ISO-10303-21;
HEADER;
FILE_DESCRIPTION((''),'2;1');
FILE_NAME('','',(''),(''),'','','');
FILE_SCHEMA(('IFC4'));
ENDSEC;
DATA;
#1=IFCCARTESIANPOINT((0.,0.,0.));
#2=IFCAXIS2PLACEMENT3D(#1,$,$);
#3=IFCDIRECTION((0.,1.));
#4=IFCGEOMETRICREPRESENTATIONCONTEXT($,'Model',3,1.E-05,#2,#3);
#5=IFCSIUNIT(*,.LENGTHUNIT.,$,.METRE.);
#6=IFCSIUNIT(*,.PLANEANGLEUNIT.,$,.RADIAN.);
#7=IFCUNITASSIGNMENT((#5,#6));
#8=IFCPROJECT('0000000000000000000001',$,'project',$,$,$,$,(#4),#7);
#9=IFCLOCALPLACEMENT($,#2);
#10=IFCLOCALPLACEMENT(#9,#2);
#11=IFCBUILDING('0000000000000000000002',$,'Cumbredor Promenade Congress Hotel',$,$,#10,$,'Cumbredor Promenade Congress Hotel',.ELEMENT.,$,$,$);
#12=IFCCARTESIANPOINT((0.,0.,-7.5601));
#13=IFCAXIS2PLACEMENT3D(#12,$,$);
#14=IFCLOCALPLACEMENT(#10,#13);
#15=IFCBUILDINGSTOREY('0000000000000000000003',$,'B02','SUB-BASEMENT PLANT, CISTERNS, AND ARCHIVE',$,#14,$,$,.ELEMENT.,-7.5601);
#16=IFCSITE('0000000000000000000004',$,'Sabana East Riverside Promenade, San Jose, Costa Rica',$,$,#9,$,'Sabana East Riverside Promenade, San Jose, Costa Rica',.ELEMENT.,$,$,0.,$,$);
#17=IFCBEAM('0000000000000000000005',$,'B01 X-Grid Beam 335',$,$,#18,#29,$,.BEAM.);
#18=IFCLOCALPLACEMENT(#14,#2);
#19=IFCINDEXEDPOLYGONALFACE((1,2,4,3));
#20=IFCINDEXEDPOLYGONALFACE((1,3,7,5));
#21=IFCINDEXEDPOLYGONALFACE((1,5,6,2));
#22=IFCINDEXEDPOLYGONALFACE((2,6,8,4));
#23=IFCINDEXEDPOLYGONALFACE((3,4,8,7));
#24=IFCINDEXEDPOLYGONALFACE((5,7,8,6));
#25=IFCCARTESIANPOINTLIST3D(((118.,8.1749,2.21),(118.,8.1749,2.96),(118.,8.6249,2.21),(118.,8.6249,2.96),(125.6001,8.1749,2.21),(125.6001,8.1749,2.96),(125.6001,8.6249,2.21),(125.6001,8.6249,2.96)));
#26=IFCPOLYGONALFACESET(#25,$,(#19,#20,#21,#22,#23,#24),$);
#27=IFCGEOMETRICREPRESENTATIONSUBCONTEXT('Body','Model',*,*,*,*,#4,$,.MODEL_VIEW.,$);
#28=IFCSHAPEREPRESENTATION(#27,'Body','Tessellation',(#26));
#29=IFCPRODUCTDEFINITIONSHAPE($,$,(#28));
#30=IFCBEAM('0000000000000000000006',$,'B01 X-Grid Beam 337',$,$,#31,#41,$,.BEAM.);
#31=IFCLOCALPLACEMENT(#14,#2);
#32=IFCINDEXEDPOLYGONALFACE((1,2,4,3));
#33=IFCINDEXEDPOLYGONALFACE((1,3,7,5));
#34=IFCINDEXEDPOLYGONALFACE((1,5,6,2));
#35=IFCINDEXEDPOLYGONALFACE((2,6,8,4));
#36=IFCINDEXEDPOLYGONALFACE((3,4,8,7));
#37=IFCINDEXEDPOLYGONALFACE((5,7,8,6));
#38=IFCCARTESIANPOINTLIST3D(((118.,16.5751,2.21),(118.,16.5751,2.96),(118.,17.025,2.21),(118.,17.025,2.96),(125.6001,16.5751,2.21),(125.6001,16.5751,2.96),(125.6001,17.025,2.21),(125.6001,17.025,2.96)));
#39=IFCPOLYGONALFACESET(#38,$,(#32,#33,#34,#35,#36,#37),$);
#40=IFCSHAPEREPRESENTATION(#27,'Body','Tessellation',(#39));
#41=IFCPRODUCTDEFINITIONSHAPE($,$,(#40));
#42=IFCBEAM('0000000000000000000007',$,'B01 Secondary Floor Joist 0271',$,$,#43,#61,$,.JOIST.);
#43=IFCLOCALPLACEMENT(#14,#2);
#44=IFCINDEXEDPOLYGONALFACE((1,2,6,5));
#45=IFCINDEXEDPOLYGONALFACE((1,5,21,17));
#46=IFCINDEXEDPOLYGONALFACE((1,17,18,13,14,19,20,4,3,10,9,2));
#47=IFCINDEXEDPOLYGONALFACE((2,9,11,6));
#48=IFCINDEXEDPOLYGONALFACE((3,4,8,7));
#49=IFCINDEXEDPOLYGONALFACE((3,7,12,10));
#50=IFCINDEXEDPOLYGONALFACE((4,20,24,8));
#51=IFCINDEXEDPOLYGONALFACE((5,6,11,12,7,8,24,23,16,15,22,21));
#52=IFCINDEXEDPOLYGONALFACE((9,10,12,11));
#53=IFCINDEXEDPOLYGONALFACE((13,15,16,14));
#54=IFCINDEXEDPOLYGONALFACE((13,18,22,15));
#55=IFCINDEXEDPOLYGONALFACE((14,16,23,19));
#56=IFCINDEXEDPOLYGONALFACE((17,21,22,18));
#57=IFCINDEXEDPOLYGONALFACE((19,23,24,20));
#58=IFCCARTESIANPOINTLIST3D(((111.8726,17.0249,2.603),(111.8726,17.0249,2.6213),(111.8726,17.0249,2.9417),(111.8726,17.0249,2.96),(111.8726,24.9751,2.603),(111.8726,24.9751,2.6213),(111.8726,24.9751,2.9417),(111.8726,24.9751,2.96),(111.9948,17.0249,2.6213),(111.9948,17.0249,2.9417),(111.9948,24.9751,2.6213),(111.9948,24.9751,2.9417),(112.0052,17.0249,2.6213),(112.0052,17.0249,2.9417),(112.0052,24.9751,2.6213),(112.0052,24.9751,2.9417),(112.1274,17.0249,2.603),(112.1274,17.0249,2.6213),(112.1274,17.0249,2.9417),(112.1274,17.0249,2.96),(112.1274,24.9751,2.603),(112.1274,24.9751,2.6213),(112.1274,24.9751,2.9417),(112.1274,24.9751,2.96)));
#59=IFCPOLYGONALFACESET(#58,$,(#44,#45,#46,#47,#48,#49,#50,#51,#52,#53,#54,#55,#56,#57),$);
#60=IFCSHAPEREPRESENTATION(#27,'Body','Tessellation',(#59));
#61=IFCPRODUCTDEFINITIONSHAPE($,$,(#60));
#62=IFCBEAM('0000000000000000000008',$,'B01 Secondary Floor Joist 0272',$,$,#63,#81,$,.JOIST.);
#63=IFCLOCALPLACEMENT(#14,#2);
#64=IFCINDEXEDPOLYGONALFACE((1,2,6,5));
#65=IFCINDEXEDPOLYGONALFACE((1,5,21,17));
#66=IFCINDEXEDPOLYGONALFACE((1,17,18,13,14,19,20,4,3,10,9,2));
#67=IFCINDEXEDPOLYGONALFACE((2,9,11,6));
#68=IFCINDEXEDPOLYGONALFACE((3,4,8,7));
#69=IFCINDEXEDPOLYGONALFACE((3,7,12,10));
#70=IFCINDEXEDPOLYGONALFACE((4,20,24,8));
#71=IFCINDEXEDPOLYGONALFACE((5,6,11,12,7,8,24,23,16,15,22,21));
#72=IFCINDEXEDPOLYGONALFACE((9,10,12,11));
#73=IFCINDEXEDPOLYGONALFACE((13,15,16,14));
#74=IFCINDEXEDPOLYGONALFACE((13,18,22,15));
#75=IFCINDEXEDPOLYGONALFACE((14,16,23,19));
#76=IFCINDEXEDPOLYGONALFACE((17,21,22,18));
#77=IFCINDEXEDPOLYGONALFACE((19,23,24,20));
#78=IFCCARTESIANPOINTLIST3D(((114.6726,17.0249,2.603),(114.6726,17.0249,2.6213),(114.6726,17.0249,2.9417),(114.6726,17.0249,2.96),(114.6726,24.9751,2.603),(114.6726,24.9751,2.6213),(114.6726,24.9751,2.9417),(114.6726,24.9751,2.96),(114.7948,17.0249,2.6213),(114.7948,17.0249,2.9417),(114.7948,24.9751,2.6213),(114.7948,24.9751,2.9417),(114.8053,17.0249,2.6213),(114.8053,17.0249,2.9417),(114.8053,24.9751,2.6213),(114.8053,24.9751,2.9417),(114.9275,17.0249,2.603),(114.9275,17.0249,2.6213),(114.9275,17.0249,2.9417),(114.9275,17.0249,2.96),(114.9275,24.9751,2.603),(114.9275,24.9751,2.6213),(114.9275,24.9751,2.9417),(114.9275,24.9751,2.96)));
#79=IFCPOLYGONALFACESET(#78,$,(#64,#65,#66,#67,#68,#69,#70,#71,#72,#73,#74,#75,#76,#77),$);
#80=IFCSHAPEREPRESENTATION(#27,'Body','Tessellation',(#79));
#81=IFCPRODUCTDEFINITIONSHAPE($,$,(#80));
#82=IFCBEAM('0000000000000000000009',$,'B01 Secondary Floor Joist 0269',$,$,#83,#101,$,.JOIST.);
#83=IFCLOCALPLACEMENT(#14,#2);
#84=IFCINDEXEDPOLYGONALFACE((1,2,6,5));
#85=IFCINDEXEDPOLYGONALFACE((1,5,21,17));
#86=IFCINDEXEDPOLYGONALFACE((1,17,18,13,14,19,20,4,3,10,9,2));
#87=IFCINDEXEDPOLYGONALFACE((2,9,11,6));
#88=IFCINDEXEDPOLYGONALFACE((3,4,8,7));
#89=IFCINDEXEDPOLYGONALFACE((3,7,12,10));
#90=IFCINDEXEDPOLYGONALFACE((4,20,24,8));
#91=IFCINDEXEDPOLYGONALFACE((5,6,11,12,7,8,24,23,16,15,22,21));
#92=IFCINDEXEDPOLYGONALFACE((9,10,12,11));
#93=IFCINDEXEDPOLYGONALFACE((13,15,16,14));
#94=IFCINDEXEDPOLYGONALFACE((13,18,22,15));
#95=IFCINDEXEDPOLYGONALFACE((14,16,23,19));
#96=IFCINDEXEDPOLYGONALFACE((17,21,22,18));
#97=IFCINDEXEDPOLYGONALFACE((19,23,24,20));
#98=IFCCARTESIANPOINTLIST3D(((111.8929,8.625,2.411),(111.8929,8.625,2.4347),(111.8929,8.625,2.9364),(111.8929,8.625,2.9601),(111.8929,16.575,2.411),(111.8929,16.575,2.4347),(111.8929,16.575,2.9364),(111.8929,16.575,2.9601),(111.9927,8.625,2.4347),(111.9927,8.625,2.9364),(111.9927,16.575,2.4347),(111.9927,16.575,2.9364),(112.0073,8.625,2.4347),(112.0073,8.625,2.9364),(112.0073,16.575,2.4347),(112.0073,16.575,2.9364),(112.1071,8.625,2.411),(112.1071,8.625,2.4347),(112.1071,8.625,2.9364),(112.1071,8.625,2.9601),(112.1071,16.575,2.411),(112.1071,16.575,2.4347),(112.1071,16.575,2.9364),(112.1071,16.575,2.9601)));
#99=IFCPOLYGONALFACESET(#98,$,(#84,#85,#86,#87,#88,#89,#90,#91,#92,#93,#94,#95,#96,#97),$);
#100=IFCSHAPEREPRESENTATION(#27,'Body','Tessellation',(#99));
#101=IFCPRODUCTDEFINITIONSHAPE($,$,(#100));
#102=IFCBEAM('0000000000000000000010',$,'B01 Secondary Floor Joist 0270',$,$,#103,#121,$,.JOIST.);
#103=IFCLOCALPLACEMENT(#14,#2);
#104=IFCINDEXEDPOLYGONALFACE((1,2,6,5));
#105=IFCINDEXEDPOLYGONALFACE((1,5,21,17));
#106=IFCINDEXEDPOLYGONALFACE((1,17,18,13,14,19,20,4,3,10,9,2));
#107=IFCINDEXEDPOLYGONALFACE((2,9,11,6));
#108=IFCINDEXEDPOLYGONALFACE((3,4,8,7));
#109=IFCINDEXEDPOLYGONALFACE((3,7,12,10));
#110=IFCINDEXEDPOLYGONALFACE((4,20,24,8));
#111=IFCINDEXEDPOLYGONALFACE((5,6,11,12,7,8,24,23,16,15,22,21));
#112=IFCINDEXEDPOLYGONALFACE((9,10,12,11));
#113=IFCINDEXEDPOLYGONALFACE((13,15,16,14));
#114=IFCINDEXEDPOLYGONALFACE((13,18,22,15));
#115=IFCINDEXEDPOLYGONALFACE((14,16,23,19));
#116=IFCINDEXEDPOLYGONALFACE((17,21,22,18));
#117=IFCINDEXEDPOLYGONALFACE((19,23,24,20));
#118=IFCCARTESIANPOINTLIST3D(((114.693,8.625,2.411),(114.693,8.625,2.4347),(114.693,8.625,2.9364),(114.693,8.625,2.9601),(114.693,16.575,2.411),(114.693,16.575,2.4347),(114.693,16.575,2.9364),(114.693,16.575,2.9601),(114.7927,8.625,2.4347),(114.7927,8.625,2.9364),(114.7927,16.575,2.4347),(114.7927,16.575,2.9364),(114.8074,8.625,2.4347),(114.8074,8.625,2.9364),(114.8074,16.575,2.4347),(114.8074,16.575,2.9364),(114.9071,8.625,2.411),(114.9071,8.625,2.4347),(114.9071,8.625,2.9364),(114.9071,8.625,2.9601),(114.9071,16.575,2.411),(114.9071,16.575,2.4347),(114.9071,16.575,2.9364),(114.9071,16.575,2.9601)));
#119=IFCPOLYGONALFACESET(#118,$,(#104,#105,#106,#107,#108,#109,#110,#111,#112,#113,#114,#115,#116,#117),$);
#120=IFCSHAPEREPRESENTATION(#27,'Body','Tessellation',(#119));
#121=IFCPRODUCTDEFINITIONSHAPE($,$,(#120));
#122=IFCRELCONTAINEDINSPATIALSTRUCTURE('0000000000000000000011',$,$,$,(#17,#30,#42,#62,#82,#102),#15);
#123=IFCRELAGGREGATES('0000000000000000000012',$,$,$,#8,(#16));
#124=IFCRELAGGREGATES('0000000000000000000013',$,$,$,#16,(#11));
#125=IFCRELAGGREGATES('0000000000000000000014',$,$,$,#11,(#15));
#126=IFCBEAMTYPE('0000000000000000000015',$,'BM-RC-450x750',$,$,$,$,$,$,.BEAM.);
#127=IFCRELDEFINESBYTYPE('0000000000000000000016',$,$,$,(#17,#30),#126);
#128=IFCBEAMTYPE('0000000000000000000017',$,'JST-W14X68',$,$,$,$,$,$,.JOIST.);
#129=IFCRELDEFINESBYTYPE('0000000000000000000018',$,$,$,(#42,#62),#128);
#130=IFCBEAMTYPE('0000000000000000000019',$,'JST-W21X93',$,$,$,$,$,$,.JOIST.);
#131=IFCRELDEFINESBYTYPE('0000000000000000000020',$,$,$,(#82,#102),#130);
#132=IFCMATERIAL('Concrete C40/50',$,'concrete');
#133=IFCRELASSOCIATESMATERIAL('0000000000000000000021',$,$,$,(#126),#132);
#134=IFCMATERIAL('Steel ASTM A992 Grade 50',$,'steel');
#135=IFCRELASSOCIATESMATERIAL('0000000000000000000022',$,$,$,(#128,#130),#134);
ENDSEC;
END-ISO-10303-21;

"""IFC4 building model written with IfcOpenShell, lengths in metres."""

from ifc_helpers import new_model, si_unit, direction, frame, origin, origin_2d, place, context, subcontext, project, spatial, rectangle, i_section, extrude, material, material_profile, profile_set, type_object, element, save


model = new_model("IFC4")

# Units and contexts
model_context = context("Model", 3, precision=1e-05, world=origin(), true_north=direction((0.0, 1.0)))
body_context = subcontext(model_context, "Body", "Model", "MODEL_VIEW")
ifc_project = project(units=[si_unit("LENGTHUNIT", "METRE"), si_unit("PLANEANGLEUNIT", "RADIAN")], contexts=[model_context])

# Site, building, storey
site_placement = place(None, origin())
site = spatial("IfcSite", under=ifc_project, at=site_placement, Name="Sabana East Riverside Promenade, San Jose, Costa Rica", LongName="Sabana East Riverside Promenade, San Jose, Costa Rica", CompositionType="ELEMENT", RefElevation=0.0)
building_placement = place(site_placement, origin())
building = spatial("IfcBuilding", under=site, at=building_placement, Name="Cumbredor Promenade Congress Hotel", LongName="Cumbredor Promenade Congress Hotel", CompositionType="ELEMENT")
storey_placement = place(building_placement, frame((0.0, 0.0, -7.5601)))
storey = spatial("IfcBuildingStorey", under=building, at=storey_placement, Name="B02", Description="SUB-BASEMENT PLANT, CISTERNS, AND ARCHIVE", CompositionType="ELEMENT", Elevation=-7.5601)

# Shared definitions
ifc_material_1 = material(Name="Concrete C40/50", Category="concrete")

# Beams
ifc_material_profile_1 = material_profile(ifc_material_1, rectangle(XDim=0.45, YDim=0.75, at=origin_2d()), Name="RC BEAM 450x750")
ifc_profile_set_1 = profile_set([ifc_material_profile_1], Name="Concrete C40/50")
beam_type_1 = type_object("IfcBeamType", Name="BM-RC-450x750", PredefinedType="BEAM", material=ifc_profile_set_1)
for number, where, z_axis, x_axis, name in (
    (1, (118.0, 8.3999, 2.585), (1.0, 0.0, 0.0), (0.0, 1.0, 0.0), "B01 X-Grid Beam 335"),
    (2, (118.0, 16.8, 2.585), (1.0, 0.0, 0.0), (0.0, 1.0, 0.0), "B01 X-Grid Beam 337"),
):
    element("IfcBeam", number, at=place(storey_placement, frame(where, z_axis=z_axis, x_axis=x_axis)), inside=storey, type_object=beam_type_1, Name=name, PredefinedType="BEAM", context=body_context, shape_type="SweptSolid", body=[
        extrude(rectangle(XDim=0.45, YDim=0.75, at=origin_2d()), origin(), (0.0, 0.0, 1.0), 7.6001),
    ])
ifc_material_2 = material(Name="Steel ASTM A992 Grade 50", Category="steel")
ifc_material_profile_2 = material_profile(ifc_material_2, i_section(OverallWidth=0.2549, OverallDepth=0.3569, WebThickness=0.0105, FlangeThickness=0.0183, at=origin_2d()), Name="W14X68")
ifc_profile_set_2 = profile_set([ifc_material_profile_2], Name="Steel ASTM A992 Grade 50")
beam_type_2 = type_object("IfcBeamType", Name="JST-W14X68", PredefinedType="JOIST", material=ifc_profile_set_2)
for number, where, z_axis, x_axis, name in (
    (3, (112.0, 17.0249, 2.7815), (0.0, 1.0, 0.0), (-1.0, 0.0, 0.0), "B01 Secondary Floor Joist 0271"),
    (4, (114.8, 17.0249, 2.7815), (0.0, 1.0, 0.0), (-1.0, 0.0, 0.0), "B01 Secondary Floor Joist 0272"),
):
    element("IfcBeam", number, at=place(storey_placement, frame(where, z_axis=z_axis, x_axis=x_axis)), inside=storey, type_object=beam_type_2, Name=name, PredefinedType="JOIST", context=body_context, shape_type="SweptSolid", body=[
        extrude(i_section(OverallWidth=0.2549, OverallDepth=0.3569, WebThickness=0.0105, FlangeThickness=0.0183, at=origin_2d()), origin(), (0.0, 0.0, 1.0), 7.9502),
    ])
ifc_material_profile_3 = material_profile(ifc_material_2, i_section(OverallWidth=0.2141, OverallDepth=0.5491, WebThickness=0.0146, FlangeThickness=0.0237, at=origin_2d()), Name="W21X93")
ifc_profile_set_3 = profile_set([ifc_material_profile_3], Name="Steel ASTM A992 Grade 50")
beam_type_3 = type_object("IfcBeamType", Name="JST-W21X93", PredefinedType="JOIST", material=ifc_profile_set_3)
for number, where, z_axis, x_axis, name in (
    (5, (112.0, 8.625, 2.6855), (0.0, 1.0, 0.0), (-1.0, 0.0, 0.0), "B01 Secondary Floor Joist 0269"),
    (6, (114.8, 8.625, 2.6855), (0.0, 1.0, 0.0), (-1.0, 0.0, 0.0), "B01 Secondary Floor Joist 0270"),
):
    element("IfcBeam", number, at=place(storey_placement, frame(where, z_axis=z_axis, x_axis=x_axis)), inside=storey, type_object=beam_type_3, Name=name, PredefinedType="JOIST", context=body_context, shape_type="SweptSolid", body=[
        extrude(i_section(OverallWidth=0.2141, OverallDepth=0.5491, WebThickness=0.0146, FlangeThickness=0.0237, at=origin_2d()), origin(), (0.0, 0.0, 1.0), 7.95),
    ])

save(model, "model.ifc")
